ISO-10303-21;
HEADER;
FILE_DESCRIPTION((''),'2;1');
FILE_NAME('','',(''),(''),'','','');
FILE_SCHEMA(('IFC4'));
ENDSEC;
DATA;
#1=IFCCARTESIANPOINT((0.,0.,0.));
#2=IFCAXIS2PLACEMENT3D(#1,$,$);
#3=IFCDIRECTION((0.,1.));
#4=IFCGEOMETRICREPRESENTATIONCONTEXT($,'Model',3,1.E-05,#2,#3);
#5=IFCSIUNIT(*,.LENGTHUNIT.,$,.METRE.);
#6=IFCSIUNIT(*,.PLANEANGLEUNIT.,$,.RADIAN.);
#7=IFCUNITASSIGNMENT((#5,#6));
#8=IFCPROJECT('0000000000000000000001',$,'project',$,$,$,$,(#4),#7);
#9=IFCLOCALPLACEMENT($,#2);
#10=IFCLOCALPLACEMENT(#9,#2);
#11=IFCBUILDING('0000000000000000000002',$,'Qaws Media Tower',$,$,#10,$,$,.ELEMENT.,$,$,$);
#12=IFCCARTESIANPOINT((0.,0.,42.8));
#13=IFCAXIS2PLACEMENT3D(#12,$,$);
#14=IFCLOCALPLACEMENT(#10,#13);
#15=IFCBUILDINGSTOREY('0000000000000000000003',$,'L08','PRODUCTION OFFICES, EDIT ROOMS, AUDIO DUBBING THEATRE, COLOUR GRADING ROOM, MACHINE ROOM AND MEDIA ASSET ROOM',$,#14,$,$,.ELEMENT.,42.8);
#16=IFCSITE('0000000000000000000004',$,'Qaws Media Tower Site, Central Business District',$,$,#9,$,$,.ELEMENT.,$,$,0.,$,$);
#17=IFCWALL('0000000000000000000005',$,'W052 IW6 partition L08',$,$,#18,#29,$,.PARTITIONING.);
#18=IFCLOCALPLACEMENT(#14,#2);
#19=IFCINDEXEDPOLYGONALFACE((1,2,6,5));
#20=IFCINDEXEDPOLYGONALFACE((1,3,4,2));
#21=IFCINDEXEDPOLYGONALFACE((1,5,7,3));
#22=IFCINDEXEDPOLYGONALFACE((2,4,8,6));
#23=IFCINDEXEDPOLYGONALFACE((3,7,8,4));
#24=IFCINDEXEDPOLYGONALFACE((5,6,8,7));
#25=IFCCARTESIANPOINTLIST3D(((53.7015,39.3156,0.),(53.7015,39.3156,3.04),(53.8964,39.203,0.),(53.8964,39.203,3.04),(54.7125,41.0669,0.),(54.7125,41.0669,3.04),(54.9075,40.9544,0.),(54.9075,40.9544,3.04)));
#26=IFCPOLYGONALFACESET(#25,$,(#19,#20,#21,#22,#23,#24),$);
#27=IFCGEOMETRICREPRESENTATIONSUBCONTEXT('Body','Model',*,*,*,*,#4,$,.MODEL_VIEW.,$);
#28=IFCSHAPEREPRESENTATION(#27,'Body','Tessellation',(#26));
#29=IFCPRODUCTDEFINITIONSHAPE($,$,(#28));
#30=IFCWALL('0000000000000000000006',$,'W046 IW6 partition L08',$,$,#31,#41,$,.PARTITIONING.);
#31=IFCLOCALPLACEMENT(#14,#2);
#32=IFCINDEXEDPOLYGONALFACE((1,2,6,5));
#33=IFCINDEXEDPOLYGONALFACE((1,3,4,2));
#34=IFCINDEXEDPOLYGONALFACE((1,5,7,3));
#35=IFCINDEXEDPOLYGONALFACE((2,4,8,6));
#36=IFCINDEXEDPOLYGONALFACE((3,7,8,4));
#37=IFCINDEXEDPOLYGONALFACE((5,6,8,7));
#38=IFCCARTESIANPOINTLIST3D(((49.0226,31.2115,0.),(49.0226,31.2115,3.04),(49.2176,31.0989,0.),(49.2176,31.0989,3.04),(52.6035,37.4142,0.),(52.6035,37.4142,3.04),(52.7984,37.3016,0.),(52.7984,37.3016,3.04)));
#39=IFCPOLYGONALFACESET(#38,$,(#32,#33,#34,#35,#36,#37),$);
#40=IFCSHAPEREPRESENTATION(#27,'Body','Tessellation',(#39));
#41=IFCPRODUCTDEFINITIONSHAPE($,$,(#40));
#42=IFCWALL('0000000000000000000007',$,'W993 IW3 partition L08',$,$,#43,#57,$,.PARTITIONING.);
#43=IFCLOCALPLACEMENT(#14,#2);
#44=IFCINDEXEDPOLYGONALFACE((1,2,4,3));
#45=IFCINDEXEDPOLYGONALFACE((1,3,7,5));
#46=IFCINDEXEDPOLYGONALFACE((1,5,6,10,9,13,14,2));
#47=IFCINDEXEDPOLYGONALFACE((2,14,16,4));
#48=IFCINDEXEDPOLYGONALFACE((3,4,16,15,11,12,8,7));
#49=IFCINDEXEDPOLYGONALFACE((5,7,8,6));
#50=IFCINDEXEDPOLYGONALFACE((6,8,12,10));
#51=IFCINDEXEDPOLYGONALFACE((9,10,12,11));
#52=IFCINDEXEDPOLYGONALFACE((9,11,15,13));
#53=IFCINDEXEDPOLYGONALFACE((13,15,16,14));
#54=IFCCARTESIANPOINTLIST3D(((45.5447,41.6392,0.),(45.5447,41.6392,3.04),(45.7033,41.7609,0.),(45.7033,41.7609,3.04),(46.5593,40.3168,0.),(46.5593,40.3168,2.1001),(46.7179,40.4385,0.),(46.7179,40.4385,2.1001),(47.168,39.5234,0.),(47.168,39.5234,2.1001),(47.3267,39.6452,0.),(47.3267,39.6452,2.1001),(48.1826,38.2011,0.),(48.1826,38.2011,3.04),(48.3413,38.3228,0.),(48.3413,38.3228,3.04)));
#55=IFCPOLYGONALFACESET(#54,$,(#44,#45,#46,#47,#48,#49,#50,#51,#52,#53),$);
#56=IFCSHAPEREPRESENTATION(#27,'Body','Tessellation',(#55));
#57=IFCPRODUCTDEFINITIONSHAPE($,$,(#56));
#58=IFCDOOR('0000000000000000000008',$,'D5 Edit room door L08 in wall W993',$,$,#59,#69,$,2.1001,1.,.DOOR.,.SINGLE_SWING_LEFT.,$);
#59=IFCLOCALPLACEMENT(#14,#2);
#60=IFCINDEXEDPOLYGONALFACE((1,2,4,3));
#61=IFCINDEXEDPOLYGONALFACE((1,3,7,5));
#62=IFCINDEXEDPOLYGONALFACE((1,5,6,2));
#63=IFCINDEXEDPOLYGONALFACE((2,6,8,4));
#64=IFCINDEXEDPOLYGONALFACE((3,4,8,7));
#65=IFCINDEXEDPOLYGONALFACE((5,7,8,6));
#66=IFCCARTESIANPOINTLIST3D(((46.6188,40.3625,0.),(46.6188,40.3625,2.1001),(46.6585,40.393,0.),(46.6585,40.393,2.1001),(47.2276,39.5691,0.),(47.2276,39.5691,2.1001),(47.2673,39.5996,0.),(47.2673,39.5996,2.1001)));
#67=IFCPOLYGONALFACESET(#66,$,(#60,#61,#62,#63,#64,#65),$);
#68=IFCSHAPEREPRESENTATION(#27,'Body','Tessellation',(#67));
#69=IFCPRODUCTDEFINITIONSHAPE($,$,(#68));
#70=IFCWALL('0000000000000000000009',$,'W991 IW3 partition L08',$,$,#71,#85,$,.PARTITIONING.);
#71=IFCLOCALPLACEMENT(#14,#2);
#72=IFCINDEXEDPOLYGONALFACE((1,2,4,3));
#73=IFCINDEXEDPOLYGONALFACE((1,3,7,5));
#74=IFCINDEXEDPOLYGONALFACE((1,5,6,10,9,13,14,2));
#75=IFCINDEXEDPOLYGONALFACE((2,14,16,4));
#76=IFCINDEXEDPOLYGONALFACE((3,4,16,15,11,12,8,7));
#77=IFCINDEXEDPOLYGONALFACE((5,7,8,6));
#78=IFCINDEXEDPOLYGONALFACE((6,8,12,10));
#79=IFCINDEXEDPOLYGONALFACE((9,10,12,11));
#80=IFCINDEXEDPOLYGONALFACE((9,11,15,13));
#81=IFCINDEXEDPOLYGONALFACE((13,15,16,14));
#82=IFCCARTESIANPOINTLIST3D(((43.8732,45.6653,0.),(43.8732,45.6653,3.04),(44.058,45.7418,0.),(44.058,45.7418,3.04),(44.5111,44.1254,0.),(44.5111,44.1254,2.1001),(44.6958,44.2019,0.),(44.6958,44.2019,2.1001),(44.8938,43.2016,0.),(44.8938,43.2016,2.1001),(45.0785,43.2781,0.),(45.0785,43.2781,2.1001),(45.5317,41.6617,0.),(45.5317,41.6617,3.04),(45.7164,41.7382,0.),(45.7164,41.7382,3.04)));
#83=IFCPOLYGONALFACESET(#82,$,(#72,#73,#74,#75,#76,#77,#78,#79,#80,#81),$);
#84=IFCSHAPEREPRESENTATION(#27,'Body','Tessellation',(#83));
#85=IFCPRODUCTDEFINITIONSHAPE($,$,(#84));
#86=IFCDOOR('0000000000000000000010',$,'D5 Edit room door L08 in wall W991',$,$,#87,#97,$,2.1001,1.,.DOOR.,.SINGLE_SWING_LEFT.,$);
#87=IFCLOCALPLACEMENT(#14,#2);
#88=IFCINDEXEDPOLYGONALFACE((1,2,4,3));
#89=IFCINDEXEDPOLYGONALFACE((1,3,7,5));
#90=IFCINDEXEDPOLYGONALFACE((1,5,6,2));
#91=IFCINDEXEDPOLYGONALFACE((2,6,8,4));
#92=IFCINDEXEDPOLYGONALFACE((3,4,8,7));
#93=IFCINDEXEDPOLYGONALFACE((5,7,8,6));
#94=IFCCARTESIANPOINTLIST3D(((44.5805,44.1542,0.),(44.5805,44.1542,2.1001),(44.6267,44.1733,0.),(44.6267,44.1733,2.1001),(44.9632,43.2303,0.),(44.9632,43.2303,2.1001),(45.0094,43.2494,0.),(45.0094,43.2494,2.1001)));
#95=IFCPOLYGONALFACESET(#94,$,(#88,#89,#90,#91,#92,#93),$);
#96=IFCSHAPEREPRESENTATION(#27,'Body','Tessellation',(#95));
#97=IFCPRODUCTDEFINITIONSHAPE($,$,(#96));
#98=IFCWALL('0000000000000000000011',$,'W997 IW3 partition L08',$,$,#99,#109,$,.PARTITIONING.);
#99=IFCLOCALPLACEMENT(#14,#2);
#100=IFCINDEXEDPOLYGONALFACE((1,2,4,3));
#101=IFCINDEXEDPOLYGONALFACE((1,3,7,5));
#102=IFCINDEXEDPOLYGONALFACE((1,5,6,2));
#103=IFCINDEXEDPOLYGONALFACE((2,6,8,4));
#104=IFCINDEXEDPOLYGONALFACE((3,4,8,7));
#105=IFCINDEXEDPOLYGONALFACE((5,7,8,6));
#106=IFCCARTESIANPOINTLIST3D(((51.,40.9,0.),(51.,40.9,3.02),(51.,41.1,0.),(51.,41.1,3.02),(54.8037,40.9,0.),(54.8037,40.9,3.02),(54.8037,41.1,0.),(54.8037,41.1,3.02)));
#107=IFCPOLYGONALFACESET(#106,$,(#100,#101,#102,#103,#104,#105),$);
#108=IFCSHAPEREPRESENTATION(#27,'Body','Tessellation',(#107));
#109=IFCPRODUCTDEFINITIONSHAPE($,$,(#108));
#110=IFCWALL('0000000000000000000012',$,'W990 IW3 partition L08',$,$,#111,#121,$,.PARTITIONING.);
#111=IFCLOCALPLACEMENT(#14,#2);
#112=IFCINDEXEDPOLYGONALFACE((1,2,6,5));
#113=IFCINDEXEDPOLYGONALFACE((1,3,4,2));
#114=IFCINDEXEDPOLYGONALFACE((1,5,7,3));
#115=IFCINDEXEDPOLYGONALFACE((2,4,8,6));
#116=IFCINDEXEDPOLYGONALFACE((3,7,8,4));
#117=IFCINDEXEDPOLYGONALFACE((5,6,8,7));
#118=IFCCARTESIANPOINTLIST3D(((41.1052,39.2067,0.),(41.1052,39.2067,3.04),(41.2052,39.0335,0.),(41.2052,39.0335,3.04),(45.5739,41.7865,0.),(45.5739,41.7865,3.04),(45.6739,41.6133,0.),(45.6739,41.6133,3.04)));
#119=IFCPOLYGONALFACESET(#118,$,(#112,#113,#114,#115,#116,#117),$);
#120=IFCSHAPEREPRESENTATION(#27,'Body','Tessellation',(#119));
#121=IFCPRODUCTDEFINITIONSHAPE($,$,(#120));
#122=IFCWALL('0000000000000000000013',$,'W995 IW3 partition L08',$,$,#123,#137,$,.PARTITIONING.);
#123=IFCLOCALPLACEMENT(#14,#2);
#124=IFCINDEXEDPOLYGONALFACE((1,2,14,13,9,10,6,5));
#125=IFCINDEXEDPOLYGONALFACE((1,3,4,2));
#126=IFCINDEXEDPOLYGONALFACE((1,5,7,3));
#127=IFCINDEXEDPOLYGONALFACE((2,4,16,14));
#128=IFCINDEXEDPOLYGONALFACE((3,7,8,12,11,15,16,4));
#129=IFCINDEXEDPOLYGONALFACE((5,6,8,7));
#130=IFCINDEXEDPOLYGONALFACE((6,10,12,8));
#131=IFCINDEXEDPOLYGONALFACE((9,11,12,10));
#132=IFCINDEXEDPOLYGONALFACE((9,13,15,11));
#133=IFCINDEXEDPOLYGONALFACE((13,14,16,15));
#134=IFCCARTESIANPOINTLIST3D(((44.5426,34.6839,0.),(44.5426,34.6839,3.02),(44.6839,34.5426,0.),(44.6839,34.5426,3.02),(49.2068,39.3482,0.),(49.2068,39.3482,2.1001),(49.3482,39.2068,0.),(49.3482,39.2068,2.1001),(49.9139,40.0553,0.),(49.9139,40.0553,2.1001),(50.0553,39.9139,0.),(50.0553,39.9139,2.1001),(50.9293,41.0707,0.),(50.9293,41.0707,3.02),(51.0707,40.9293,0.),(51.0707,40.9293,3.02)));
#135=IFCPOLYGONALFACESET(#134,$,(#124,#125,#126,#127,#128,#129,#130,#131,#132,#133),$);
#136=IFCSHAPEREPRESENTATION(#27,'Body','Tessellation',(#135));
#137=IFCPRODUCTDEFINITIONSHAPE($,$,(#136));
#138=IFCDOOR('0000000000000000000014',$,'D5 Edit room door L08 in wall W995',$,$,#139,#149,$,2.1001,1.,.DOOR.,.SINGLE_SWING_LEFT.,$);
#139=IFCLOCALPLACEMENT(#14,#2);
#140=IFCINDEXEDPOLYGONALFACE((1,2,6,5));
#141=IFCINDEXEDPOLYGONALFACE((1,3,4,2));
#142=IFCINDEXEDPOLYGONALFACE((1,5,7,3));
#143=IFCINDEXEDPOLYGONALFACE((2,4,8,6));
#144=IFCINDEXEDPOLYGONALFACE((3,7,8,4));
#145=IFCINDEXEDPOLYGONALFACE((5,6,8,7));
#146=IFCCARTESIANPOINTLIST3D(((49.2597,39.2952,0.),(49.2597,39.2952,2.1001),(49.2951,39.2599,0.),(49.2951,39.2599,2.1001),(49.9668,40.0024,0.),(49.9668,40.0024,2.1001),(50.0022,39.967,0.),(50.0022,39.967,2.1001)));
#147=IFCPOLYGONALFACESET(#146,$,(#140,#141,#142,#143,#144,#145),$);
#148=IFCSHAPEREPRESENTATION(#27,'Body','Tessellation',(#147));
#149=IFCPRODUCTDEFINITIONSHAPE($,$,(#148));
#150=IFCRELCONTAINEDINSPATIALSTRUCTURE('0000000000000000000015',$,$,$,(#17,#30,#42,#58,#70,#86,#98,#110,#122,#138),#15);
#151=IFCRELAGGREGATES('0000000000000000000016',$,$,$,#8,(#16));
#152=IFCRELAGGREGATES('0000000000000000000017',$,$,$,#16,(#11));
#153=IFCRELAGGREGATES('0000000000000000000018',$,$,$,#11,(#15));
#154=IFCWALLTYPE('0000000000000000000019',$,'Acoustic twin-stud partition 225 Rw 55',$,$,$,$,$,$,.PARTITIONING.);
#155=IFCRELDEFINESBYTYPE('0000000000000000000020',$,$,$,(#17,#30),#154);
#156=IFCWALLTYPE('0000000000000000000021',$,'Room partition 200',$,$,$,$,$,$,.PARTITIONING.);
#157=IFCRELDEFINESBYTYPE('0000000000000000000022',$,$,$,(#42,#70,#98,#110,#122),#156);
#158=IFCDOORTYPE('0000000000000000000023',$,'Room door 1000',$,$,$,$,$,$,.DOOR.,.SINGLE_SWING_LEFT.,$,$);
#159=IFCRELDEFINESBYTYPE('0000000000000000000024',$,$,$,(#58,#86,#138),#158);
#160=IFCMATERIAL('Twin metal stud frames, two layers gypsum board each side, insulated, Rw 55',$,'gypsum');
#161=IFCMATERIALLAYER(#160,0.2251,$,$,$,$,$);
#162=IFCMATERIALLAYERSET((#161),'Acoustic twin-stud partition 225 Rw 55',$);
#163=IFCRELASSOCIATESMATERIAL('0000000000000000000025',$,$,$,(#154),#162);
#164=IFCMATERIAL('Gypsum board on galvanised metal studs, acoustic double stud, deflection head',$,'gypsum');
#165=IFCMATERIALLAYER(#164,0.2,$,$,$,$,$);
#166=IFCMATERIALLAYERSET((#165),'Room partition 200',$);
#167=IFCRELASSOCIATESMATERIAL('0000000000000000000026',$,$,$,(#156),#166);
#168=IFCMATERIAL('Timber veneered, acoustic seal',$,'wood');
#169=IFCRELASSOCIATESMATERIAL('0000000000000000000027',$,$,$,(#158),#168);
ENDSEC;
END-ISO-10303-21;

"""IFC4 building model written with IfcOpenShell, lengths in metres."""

from ifc_helpers import new_model, si_unit, direction, frame, frame_2d, origin, place, context, subcontext, project, spatial, rectangle, extrude, material, layer, layer_set, type_object, element, fill, save


model = new_model("IFC4")

# Units and contexts
model_context = context("Model", 3, precision=1e-05, world=origin(), true_north=direction((0.0, 1.0)))
body_context = subcontext(model_context, "Body", "Model", "MODEL_VIEW")
ifc_project = project(units=[si_unit("LENGTHUNIT", "METRE"), si_unit("PLANEANGLEUNIT", "RADIAN")], contexts=[model_context])

# Site, building, storey
site_placement = place(None, origin())
site = spatial("IfcSite", under=ifc_project, at=site_placement, Name="Qaws Media Tower Site, Central Business District", CompositionType="ELEMENT", RefElevation=0.0)
building_placement = place(site_placement, origin())
building = spatial("IfcBuilding", under=site, at=building_placement, Name="Qaws Media Tower", CompositionType="ELEMENT")
storey_placement = place(building_placement, frame((0.0, 0.0, 42.8)))
storey = spatial("IfcBuildingStorey", under=building, at=storey_placement, Name="L08", Description="PRODUCTION OFFICES, EDIT ROOMS, AUDIO DUBBING THEATRE, COLOUR GRADING ROOM, MACHINE ROOM AND MEDIA ASSET ROOM", CompositionType="ELEMENT", Elevation=42.8)

# Walls
ifc_material_1 = material(Name="Twin metal stud frames, two layers gypsum board each side, insulated, Rw 55", Category="gypsum")
ifc_layer_1 = layer(ifc_material_1, 0.2251)
ifc_layer_set_1 = layer_set([ifc_layer_1], Name="Acoustic twin-stud partition 225 Rw 55")
wall_type_1 = type_object("IfcWallType", Name="Acoustic twin-stud partition 225 Rw 55", PredefinedType="PARTITIONING", material=ifc_layer_set_1)
wall_1_placement = place(storey_placement, frame((54.8101, 41.0107, 0.0), z_axis=(0.0, 0.0, 1.0), x_axis=(-0.49997, -0.866043, 0.0)))
element("IfcWall", 1, at=wall_1_placement, inside=storey, type_object=wall_type_1, Name="W052 IW6 partition L08", PredefinedType="PARTITIONING", context=body_context, shape_type="SweptSolid", body=[
    extrude(rectangle(XDim=2.0222, YDim=0.2251, at=frame_2d((1.0112, 0.0))), origin(), (0.0, 0.0, 1.0), 3.04),
])
wall_2_placement = place(storey_placement, frame((52.7009, 37.3579, 0.0), z_axis=(0.0, 0.0, 1.0), x_axis=(-0.49997, -0.866043, 0.0)))
element("IfcWall", 2, at=wall_2_placement, inside=storey, type_object=wall_type_1, Name="W046 IW6 partition L08", PredefinedType="PARTITIONING", context=body_context, shape_type="SweptSolid", body=[
    extrude(rectangle(XDim=7.1621, YDim=0.2251, at=frame_2d((3.5811, 0.0))), origin(), (0.0, 0.0, 1.0), 3.04),
])

# Walls, openings, doors
ifc_material_2 = material(Name="Gypsum board on galvanised metal studs, acoustic double stud, deflection head", Category="gypsum")
ifc_layer_2 = layer(ifc_material_2, 0.2)
ifc_layer_set_2 = layer_set([ifc_layer_2], Name="Room partition 200")
wall_type_2 = type_object("IfcWallType", Name="Room partition 200", PredefinedType="PARTITIONING", material=ifc_layer_set_2)
wall_3_placement = place(storey_placement, frame((48.262, 38.262, 0.0), z_axis=(0.0, 0.0, 1.0), x_axis=(-0.608744, 0.793367, 0.0)))
wall_3 = element("IfcWall", 3, at=wall_3_placement, inside=storey, type_object=wall_type_2, Name="W993 IW3 partition L08", PredefinedType="PARTITIONING", context=body_context, shape_type="SweptSolid", body=[
    extrude(rectangle(XDim=4.3335, YDim=0.2, at=frame_2d((2.1667, 0.0))), origin(), (0.0, 0.0, 1.0), 3.04),
])
opening_1_placement = place(wall_3_placement, frame((1.6667, 0.0, 0.0)))
opening_1 = element("IfcOpeningElement", 4, at=opening_1_placement, cuts=wall_3, PredefinedType="OPENING", context=body_context, shape_type="SweptSolid", body=[
    extrude(rectangle(XDim=1.0, YDim=2.1001, at=frame_2d((0.5, 1.05))), frame((0.0, 0.1099, 0.0), z_axis=(0.0, -1.0, 0.0), x_axis=(1.0, 0.0, 0.0)), (0.0, 0.0, 1.0), 0.22),
])
ifc_material_3 = material(Name="Timber veneered, acoustic seal", Category="wood")
door_type = type_object("IfcDoorType", Name="Room door 1000", OperationType="SINGLE_SWING_LEFT", PredefinedType="DOOR", material=ifc_material_3)
door_1_placement = place(opening_1_placement, origin())
door_1 = element("IfcDoor", 5, at=door_1_placement, inside=storey, type_object=door_type, Name="D5 Edit room door L08 in wall W993", OperationType="SINGLE_SWING_LEFT", OverallHeight=2.1001, OverallWidth=1.0, PredefinedType="DOOR", context=body_context, shape_type="SweptSolid", body=[
    extrude(rectangle(XDim=1.0, YDim=2.1001, at=frame_2d((0.5, 1.05))), frame((0.0, 0.0249, 0.0), z_axis=(0.0, -1.0, 0.0), x_axis=(1.0, 0.0, 0.0)), (0.0, 0.0, 1.0), 0.05),
])
fill(opening_1, door_1)
wall_4_placement = place(storey_placement, frame((45.624, 41.7, 0.0), z_axis=(0.0, 0.0, 1.0), x_axis=(-0.382698, 0.923873, 0.0)))
wall_4 = element("IfcWall", 6, at=wall_4_placement, inside=storey, type_object=wall_type_2, Name="W991 IW3 partition L08", PredefinedType="PARTITIONING", context=body_context, shape_type="SweptSolid", body=[
    extrude(rectangle(XDim=4.3335, YDim=0.2, at=frame_2d((2.1667, 0.0))), origin(), (0.0, 0.0, 1.0), 3.04),
])
opening_2_placement = place(wall_4_placement, frame((1.6667, 0.0, 0.0)))
opening_2 = element("IfcOpeningElement", 7, at=opening_2_placement, cuts=wall_4, PredefinedType="OPENING", context=body_context, shape_type="SweptSolid", body=[
    extrude(rectangle(XDim=1.0, YDim=2.1001, at=frame_2d((0.5, 1.05))), frame((0.0, 0.1099, 0.0), z_axis=(0.0, -1.0, 0.0), x_axis=(1.0, 0.0, 0.0)), (0.0, 0.0, 1.0), 0.22),
])
door_2_placement = place(opening_2_placement, origin())
door_2 = element("IfcDoor", 8, at=door_2_placement, inside=storey, type_object=door_type, Name="D5 Edit room door L08 in wall W991", OperationType="SINGLE_SWING_LEFT", OverallHeight=2.1001, OverallWidth=1.0, PredefinedType="DOOR", context=body_context, shape_type="SweptSolid", body=[
    extrude(rectangle(XDim=1.0, YDim=2.1001, at=frame_2d((0.5, 1.05))), frame((0.0, 0.0249, 0.0), z_axis=(0.0, -1.0, 0.0), x_axis=(1.0, 0.0, 0.0)), (0.0, 0.0, 1.0), 0.05),
])
fill(opening_2, door_2)

# Walls
wall_5_placement = place(storey_placement, frame((54.8037, 41.0, 0.0), z_axis=(0.0, 0.0, 1.0), x_axis=(-1.0, 0.0, 0.0)))
element("IfcWall", 9, at=wall_5_placement, inside=storey, type_object=wall_type_2, Name="W997 IW3 partition L08", PredefinedType="PARTITIONING", context=body_context, shape_type="SweptSolid", body=[
    extrude(rectangle(XDim=3.8037, YDim=0.2, at=frame_2d((1.9019, 0.0))), origin(), (0.0, 0.0, 1.0), 3.02),
])
wall_6_placement = place(storey_placement, frame((45.624, 41.7, 0.0), z_axis=(0.0, 0.0, 1.0), x_axis=(-0.866042, -0.499971, 0.0)))
element("IfcWall", 10, at=wall_6_placement, inside=storey, type_object=wall_type_2, Name="W990 IW3 partition L08", PredefinedType="PARTITIONING", context=body_context, shape_type="SweptSolid", body=[
    extrude(rectangle(XDim=5.1599, YDim=0.2, at=frame_2d((2.5801, 0.0))), origin(), (0.0, 0.0, 1.0), 3.04),
])

# Wall, opening, door
wall_7_placement = place(storey_placement, frame((51.0, 41.0, 0.0), z_axis=(0.0, 0.0, 1.0), x_axis=(-0.707107, -0.707107, 0.0)))
wall_7 = element("IfcWall", 11, at=wall_7_placement, inside=storey, type_object=wall_type_2, Name="W995 IW3 partition L08", PredefinedType="PARTITIONING", context=body_context, shape_type="SweptSolid", body=[
    extrude(rectangle(XDim=9.0322, YDim=0.2, at=frame_2d((4.5161, 0.0))), origin(), (0.0, 0.0, 1.0), 3.02),
])
opening_3_placement = place(wall_7_placement, frame((1.436, 0.0, 0.0)))
opening_3 = element("IfcOpeningElement", 12, at=opening_3_placement, cuts=wall_7, PredefinedType="OPENING", context=body_context, shape_type="SweptSolid", body=[
    extrude(rectangle(XDim=1.0, YDim=2.1001, at=frame_2d((0.5, 1.05))), frame((0.0, 0.1099, 0.0), z_axis=(0.0, -1.0, 0.0), x_axis=(1.0, 0.0, 0.0)), (0.0, 0.0, 1.0), 0.22),
])
door_3_placement = place(opening_3_placement, origin())
door_3 = element("IfcDoor", 13, at=door_3_placement, inside=storey, type_object=door_type, Name="D5 Edit room door L08 in wall W995", OperationType="SINGLE_SWING_LEFT", OverallHeight=2.1001, OverallWidth=1.0, PredefinedType="DOOR", context=body_context, shape_type="SweptSolid", body=[
    extrude(rectangle(XDim=1.0, YDim=2.1001, at=frame_2d((0.5, 1.05))), frame((0.0, 0.0249, 0.0), z_axis=(0.0, -1.0, 0.0), x_axis=(1.0, 0.0, 0.0)), (0.0, 0.0, 1.0), 0.05),
])
fill(opening_3, door_3)

save(model, "model.ifc")
